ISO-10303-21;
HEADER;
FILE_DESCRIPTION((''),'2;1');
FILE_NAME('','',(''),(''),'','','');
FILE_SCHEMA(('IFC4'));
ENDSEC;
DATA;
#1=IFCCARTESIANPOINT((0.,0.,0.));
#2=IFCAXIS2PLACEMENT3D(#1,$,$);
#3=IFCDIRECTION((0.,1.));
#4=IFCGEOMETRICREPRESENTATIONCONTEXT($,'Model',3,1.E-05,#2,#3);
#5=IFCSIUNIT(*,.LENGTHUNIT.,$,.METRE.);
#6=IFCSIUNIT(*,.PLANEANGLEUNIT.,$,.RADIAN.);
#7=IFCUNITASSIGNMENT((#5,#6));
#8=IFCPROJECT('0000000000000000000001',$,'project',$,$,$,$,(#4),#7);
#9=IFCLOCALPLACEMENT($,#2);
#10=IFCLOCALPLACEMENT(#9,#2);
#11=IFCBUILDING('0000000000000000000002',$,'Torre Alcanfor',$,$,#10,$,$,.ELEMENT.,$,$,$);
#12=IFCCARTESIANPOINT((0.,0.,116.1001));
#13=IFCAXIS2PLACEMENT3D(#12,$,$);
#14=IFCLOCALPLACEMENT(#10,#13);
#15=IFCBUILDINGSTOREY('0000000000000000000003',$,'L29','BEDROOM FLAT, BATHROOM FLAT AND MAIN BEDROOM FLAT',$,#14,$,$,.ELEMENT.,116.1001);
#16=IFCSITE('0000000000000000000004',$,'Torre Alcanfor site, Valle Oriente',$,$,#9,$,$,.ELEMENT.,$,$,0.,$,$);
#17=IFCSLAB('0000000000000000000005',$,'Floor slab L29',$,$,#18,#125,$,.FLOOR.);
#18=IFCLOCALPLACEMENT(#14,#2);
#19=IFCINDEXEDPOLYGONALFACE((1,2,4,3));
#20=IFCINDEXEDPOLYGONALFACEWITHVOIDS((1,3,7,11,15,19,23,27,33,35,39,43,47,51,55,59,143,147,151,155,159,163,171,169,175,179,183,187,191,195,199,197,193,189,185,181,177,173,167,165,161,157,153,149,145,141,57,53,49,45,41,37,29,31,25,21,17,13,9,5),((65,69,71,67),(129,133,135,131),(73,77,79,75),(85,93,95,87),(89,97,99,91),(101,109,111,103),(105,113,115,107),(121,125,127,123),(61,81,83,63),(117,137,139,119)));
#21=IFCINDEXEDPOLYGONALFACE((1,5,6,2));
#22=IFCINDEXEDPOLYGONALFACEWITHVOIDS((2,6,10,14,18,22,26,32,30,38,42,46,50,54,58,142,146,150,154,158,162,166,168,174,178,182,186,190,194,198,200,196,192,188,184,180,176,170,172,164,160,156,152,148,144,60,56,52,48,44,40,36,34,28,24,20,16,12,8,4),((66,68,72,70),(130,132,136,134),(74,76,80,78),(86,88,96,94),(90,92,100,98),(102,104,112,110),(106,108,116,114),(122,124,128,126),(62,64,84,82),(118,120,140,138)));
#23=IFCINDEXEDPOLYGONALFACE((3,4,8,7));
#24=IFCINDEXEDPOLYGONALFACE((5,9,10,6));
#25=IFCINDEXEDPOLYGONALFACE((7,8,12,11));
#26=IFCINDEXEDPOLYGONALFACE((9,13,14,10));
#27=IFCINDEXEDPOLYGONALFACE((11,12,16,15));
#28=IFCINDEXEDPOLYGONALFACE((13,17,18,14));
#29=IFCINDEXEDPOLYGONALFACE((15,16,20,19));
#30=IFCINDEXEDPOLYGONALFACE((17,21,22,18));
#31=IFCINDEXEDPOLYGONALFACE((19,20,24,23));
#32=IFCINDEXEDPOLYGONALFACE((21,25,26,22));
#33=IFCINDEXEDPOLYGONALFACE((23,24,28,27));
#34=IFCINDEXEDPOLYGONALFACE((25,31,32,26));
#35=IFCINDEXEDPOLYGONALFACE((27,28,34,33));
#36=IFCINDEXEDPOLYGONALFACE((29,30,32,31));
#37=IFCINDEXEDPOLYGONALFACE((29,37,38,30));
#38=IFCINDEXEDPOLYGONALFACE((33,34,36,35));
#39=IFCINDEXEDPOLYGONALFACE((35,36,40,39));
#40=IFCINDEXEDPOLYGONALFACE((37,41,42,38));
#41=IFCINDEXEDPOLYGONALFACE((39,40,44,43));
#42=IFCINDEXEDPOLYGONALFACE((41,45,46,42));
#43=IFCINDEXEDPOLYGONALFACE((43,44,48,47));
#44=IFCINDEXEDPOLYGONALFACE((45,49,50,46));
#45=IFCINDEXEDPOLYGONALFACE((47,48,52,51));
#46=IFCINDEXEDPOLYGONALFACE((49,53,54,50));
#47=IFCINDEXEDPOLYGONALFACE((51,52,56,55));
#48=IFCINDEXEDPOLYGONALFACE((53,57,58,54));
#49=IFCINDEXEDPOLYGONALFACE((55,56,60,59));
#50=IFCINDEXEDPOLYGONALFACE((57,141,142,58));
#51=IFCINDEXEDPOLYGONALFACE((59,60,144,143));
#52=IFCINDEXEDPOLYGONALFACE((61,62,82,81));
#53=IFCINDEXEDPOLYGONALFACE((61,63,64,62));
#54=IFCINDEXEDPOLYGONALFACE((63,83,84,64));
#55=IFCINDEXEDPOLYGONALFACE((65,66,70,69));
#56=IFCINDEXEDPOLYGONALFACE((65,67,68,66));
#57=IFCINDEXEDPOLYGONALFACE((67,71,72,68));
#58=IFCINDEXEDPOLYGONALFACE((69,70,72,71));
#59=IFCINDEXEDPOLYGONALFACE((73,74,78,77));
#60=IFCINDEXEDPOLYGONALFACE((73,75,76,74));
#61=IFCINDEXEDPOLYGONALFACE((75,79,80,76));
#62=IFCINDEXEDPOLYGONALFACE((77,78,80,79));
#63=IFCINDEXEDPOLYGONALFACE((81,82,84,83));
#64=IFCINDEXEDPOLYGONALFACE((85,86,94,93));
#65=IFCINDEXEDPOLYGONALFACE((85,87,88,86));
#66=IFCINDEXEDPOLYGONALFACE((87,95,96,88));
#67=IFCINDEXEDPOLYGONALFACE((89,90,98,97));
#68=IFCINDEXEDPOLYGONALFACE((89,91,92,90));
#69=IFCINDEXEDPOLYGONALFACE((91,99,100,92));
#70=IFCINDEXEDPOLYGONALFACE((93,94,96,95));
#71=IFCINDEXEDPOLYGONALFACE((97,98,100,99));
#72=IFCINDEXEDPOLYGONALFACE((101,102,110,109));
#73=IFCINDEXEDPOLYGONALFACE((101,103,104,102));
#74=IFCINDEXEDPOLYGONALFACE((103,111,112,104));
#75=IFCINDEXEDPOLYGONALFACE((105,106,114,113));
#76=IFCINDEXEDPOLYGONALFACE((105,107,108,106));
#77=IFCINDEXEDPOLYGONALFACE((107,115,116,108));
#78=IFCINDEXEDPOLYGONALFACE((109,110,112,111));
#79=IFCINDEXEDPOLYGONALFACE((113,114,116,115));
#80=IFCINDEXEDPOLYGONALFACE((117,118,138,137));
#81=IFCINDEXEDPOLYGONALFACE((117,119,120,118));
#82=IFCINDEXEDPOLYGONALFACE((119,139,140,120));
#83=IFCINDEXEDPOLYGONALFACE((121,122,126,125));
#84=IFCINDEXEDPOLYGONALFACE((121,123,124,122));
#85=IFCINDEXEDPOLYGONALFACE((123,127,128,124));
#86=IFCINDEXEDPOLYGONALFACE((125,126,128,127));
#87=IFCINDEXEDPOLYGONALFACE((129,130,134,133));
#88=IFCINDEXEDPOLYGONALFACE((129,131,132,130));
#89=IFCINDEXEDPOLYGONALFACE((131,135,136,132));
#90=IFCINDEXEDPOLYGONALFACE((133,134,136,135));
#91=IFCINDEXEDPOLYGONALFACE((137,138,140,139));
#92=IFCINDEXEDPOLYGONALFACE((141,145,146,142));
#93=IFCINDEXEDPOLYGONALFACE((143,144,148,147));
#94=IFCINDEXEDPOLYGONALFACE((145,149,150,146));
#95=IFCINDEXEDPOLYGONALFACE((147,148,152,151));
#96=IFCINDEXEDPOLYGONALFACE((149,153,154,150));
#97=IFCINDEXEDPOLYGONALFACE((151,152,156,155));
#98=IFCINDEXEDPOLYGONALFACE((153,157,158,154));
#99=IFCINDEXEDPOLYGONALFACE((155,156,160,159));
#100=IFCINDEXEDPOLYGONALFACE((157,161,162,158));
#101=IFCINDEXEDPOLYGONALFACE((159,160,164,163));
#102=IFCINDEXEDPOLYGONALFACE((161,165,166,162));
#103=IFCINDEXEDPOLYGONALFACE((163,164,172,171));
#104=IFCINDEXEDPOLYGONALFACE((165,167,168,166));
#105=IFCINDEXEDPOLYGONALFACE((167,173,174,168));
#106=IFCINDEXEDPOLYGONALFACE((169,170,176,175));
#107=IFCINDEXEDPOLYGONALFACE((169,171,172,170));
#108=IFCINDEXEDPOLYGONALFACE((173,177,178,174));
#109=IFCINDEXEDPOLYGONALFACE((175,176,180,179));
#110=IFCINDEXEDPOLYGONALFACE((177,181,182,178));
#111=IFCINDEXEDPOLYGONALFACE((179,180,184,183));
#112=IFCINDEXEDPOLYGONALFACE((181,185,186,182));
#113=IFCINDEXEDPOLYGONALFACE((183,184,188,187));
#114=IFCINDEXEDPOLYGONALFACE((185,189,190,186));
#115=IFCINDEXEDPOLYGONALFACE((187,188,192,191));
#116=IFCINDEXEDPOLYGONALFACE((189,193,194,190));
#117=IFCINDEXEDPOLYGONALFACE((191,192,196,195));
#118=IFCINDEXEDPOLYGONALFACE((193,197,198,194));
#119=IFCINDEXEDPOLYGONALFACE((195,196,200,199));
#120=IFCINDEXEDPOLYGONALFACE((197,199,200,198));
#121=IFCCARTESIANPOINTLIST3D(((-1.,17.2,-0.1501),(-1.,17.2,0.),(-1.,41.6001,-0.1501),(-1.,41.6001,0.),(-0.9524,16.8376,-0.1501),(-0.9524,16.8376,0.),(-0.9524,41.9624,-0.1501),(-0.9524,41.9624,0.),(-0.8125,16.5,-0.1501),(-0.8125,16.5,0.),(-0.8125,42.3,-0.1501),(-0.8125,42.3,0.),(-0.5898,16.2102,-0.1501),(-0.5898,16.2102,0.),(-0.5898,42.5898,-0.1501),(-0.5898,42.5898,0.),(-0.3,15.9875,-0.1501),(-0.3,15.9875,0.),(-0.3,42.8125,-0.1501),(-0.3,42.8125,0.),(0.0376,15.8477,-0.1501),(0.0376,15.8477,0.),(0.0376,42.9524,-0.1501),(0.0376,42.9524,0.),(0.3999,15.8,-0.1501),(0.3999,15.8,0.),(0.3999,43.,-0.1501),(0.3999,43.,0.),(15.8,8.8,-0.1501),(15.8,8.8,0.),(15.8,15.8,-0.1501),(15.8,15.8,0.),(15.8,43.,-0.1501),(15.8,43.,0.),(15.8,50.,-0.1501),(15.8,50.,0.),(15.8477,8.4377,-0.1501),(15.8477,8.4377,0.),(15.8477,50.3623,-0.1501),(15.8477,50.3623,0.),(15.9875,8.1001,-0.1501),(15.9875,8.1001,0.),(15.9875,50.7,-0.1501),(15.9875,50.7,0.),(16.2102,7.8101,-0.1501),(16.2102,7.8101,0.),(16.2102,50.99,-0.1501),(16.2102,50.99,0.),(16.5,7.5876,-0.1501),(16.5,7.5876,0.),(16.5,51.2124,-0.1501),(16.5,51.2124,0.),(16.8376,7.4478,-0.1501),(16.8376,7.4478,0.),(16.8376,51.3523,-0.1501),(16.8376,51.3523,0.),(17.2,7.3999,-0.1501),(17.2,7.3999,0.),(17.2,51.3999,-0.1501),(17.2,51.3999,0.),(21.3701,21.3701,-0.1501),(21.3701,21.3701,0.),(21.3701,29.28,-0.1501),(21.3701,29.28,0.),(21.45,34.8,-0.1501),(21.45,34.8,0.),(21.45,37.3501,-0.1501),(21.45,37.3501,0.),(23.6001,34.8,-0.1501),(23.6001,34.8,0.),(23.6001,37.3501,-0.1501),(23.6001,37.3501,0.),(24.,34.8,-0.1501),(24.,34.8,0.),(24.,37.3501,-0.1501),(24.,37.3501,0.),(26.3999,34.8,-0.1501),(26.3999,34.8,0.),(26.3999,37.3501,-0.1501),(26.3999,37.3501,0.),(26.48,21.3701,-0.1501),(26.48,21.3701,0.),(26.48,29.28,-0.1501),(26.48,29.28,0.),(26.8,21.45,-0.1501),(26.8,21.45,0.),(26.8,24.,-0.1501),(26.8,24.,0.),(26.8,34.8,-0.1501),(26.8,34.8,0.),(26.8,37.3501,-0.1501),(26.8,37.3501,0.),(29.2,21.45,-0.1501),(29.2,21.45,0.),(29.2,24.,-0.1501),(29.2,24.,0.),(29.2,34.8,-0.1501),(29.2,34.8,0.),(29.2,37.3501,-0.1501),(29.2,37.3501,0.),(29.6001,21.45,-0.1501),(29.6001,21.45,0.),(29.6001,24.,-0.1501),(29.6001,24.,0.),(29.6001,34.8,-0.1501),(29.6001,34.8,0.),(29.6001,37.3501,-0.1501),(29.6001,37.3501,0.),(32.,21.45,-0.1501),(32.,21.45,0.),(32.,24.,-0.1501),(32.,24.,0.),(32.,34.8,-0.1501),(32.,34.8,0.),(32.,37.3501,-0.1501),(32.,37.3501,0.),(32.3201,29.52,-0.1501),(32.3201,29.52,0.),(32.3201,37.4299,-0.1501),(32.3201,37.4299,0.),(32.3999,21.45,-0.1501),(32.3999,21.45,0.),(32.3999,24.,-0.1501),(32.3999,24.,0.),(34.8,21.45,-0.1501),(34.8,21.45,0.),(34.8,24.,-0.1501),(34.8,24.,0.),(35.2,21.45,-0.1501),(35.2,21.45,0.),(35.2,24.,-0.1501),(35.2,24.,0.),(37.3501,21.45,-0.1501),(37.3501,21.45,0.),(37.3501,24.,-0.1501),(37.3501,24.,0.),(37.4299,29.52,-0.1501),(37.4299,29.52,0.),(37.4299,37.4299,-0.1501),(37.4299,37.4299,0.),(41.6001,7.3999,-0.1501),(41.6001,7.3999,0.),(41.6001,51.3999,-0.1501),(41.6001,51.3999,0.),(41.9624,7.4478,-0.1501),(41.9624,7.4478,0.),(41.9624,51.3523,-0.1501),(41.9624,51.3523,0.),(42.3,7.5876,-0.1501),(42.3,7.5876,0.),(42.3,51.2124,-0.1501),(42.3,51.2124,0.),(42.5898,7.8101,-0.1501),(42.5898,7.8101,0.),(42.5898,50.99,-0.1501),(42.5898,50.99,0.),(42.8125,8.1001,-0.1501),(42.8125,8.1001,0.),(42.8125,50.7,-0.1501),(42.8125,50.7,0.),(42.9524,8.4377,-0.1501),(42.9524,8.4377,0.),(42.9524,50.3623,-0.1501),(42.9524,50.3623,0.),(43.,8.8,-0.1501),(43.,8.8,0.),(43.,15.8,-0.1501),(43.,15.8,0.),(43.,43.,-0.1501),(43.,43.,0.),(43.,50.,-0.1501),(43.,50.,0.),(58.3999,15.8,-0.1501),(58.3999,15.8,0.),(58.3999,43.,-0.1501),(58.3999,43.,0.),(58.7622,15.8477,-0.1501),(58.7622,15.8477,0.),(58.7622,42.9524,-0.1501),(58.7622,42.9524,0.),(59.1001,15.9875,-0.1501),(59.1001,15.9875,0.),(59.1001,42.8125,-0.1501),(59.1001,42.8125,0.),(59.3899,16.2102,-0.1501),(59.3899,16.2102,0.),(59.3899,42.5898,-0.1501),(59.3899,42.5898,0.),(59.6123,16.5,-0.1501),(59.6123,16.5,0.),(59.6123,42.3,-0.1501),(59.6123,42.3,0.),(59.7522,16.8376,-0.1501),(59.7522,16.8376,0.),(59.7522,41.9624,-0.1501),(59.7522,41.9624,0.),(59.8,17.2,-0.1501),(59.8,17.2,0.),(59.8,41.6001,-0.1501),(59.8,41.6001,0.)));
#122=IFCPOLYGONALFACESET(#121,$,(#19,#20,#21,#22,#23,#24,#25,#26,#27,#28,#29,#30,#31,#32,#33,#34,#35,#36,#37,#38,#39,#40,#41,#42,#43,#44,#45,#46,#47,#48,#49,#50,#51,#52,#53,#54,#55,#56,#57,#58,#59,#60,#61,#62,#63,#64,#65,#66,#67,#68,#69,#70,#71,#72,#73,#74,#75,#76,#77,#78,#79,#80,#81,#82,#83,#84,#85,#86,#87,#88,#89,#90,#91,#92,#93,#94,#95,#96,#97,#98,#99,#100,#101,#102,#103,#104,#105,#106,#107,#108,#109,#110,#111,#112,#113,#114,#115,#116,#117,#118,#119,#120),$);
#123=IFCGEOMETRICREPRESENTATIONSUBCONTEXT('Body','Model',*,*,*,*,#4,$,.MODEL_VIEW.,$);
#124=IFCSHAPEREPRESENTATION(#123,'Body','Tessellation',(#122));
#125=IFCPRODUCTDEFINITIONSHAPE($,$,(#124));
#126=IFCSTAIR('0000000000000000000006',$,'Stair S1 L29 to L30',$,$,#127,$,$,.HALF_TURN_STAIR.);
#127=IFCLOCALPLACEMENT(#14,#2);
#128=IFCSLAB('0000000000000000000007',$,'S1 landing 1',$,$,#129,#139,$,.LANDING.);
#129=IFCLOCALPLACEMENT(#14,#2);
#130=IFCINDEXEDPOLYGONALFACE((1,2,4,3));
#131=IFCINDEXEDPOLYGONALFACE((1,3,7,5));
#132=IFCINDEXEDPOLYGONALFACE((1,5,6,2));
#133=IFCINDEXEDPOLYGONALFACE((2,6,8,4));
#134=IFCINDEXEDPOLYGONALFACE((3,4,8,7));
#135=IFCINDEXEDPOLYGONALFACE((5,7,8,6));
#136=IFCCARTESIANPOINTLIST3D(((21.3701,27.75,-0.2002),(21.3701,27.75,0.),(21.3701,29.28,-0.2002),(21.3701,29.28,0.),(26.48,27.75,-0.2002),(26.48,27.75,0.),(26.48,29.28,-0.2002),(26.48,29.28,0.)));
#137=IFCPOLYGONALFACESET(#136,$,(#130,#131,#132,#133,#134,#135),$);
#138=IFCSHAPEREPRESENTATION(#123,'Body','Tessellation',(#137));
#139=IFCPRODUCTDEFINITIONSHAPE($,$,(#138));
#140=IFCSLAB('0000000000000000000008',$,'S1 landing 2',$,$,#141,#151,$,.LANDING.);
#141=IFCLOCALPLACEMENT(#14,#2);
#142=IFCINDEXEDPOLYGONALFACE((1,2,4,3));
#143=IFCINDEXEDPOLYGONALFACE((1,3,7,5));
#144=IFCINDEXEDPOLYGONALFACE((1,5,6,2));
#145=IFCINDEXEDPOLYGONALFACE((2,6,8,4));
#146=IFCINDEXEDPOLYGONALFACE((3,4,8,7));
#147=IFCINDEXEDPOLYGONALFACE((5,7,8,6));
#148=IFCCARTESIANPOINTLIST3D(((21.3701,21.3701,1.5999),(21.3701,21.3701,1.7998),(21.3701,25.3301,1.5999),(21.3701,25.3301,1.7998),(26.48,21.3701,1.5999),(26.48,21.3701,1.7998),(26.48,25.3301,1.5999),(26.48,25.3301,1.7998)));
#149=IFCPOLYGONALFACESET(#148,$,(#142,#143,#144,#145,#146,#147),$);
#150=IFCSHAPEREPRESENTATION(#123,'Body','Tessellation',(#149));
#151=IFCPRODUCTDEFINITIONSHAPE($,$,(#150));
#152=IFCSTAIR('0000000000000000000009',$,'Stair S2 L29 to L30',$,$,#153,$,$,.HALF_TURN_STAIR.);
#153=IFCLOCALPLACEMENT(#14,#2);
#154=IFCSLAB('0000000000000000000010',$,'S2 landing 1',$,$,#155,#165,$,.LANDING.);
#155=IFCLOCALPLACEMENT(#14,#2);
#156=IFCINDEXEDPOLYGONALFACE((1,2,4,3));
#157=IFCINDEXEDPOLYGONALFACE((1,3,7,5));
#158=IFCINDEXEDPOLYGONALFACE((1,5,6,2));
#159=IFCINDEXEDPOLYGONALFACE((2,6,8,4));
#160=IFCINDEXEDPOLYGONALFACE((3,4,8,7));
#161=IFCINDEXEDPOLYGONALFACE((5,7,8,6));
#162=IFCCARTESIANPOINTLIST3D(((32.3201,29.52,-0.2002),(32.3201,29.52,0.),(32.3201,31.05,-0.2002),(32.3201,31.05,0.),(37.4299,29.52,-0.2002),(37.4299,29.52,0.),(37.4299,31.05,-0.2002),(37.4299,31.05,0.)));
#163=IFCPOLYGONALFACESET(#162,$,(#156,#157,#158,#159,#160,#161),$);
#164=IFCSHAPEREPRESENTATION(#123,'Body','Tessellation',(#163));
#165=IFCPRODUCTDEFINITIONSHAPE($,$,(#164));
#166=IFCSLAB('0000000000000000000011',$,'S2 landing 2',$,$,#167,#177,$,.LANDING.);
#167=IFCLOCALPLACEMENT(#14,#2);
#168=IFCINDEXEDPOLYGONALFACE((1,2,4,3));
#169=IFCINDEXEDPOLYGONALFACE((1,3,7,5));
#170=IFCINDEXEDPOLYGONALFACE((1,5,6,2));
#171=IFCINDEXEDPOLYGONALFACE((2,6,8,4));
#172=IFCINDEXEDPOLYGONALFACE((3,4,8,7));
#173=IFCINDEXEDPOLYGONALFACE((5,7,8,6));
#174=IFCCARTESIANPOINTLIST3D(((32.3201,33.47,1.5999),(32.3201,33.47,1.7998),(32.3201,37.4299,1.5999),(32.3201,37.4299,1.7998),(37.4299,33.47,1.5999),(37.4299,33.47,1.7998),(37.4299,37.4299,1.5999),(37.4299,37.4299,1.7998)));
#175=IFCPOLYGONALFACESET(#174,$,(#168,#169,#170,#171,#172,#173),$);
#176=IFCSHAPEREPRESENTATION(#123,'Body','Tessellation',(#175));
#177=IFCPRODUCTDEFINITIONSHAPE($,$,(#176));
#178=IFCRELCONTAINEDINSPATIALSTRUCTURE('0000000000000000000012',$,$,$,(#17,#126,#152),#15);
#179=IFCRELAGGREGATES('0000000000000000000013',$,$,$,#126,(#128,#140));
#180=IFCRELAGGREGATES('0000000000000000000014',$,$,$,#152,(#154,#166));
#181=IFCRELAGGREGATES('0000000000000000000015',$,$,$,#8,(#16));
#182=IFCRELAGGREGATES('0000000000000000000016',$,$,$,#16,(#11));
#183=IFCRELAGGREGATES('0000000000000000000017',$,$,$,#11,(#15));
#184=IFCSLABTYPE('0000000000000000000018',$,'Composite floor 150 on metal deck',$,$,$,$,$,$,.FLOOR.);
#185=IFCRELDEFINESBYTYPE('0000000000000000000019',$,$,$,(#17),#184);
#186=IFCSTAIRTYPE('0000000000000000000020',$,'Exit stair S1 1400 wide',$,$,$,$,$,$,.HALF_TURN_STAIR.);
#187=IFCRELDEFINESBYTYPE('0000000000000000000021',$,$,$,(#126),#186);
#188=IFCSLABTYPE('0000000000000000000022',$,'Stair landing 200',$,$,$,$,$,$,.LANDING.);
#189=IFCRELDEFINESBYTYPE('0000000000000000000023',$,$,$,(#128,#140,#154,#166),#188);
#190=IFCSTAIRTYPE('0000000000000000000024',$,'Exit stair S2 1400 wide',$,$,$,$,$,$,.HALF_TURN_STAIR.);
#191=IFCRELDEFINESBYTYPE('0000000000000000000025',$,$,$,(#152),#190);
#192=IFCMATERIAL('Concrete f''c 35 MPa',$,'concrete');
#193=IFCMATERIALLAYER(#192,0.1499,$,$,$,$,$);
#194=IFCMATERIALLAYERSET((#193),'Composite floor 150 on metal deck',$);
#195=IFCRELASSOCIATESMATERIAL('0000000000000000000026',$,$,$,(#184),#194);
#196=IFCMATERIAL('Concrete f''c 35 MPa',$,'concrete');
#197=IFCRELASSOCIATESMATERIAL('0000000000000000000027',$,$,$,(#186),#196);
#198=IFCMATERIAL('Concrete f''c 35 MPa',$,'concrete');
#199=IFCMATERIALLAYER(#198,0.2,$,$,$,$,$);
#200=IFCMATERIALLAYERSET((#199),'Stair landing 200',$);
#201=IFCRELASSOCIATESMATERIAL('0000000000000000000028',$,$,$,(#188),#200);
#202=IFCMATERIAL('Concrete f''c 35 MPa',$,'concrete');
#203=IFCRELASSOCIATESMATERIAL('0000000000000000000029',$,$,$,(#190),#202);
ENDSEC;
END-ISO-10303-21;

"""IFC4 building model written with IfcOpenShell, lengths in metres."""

from ifc_helpers import new_model, si_unit, direction, frame, origin, place, context, subcontext, project, spatial, polyline, outline, extrude, material, layer, layer_set, type_object, element, aggregate, save


model = new_model("IFC4")

# Units and contexts
model_context = context("Model", 3, precision=1e-05, world=origin(), true_north=direction((0.0, 1.0)))
body_context = subcontext(model_context, "Body", "Model", "MODEL_VIEW")
ifc_project = project(units=[si_unit("LENGTHUNIT", "METRE"), si_unit("PLANEANGLEUNIT", "RADIAN")], contexts=[model_context])

# Site, building, storey
site_placement = place(None, origin())
site = spatial("IfcSite", under=ifc_project, at=site_placement, Name="Torre Alcanfor site, Valle Oriente", CompositionType="ELEMENT", RefElevation=0.0)
building_placement = place(site_placement, origin())
building = spatial("IfcBuilding", under=site, at=building_placement, Name="Torre Alcanfor", CompositionType="ELEMENT")
storey_placement = place(building_placement, frame((0.0, 0.0, 116.1001)))
storey = spatial("IfcBuildingStorey", under=building, at=storey_placement, Name="L29", Description="BEDROOM FLAT, BATHROOM FLAT AND MAIN BEDROOM FLAT", CompositionType="ELEMENT", Elevation=116.1001)

# Slab
ifc_material_1 = material(Name="Concrete f'c 35 MPa", Category="concrete")
ifc_layer_1 = layer(ifc_material_1, 0.1499)
ifc_layer_set_1 = layer_set([ifc_layer_1], Name="Composite floor 150 on metal deck")
slab_type_1 = type_object("IfcSlabType", Name="Composite floor 150 on metal deck", PredefinedType="FLOOR", material=ifc_layer_set_1)
slab_1_placement = place(storey_placement, frame((0.0, 0.0, -0.1501)))
element("IfcSlab", 1, at=slab_1_placement, inside=storey, type_object=slab_type_1, Name="Floor slab L29", PredefinedType="FLOOR", context=body_context, shape_type="SweptSolid", body=[
    extrude(outline(polyline([(15.8, 43.0), (0.3999, 43.0), (0.0376, 42.9524), (-0.3, 42.8125), (-0.5898, 42.5898), (-0.8125, 42.3), (-0.9524, 41.9624), (-1.0, 41.6001), (-1.0, 17.2), (-0.9524, 16.8376), (-0.8125, 16.5), (-0.5898, 16.2102), (-0.3, 15.9875), (0.0376, 15.8477), (0.3999, 15.8), (15.8, 15.8), (15.8, 8.8), (15.8477, 8.4377), (15.9875, 8.1001), (16.2102, 7.8101), (16.5, 7.5876), (16.8376, 7.4478), (17.2, 7.3999), (41.6001, 7.3999), (41.9624, 7.4478), (42.3, 7.5876), (42.5898, 7.8101), (42.8125, 8.1001), (42.9524, 8.4377), (43.0, 8.8), (43.0, 15.8), (58.3999, 15.8), (58.7622, 15.8477), (59.1001, 15.9875), (59.3899, 16.2102), (59.6123, 16.5), (59.7522, 16.8376), (59.8, 17.2), (59.8, 41.6001), (59.7522, 41.9624), (59.6123, 42.3), (59.3899, 42.5898), (59.1001, 42.8125), (58.7622, 42.9524), (58.3999, 43.0), (43.0, 43.0), (43.0, 50.0), (42.9524, 50.3623), (42.8125, 50.7), (42.5898, 50.99), (42.3, 51.2124), (41.9624, 51.3523), (41.6001, 51.3999), (17.2, 51.3999), (16.8376, 51.3523), (16.5, 51.2124), (16.2102, 50.99), (15.9875, 50.7), (15.8477, 50.3623), (15.8, 50.0), (15.8, 43.0)]), holes=[polyline([(21.3701, 21.3701), (26.48, 21.3701), (26.48, 29.28), (21.3701, 29.28), (21.3701, 21.3701)]), polyline([(32.3201, 29.52), (37.4299, 29.52), (37.4299, 37.4299), (32.3201, 37.4299), (32.3201, 29.52)]), polyline([(26.8, 21.45), (29.2, 21.45), (29.2, 24.0), (26.8, 24.0), (26.8, 21.45)]), polyline([(29.6001, 21.45), (32.0, 21.45), (32.0, 24.0), (29.6001, 24.0), (29.6001, 21.45)]), polyline([(32.3999, 21.45), (34.8, 21.45), (34.8, 24.0), (32.3999, 24.0), (32.3999, 21.45)]), polyline([(35.2, 21.45), (37.3501, 21.45), (37.3501, 24.0), (35.2, 24.0), (35.2, 21.45)]), polyline([(21.45, 34.8), (23.6001, 34.8), (23.6001, 37.3501), (21.45, 37.3501), (21.45, 34.8)]), polyline([(24.0, 34.8), (26.3999, 34.8), (26.3999, 37.3501), (24.0, 37.3501), (24.0, 34.8)]), polyline([(26.8, 34.8), (29.2, 34.8), (29.2, 37.3501), (26.8, 37.3501), (26.8, 34.8)]), polyline([(29.6001, 34.8), (32.0, 34.8), (32.0, 37.3501), (29.6001, 37.3501), (29.6001, 34.8)])]), origin(), (0.0, 0.0, 1.0), 0.1501),
])

# Stairs, slabs
ifc_material_2 = material(Name="Concrete f'c 35 MPa", Category="concrete")
stair_type_1 = type_object("IfcStairType", Name="Exit stair S1 1400 wide", PredefinedType="HALF_TURN_STAIR", material=ifc_material_2)
stair_1_placement = place(storey_placement, origin())
stair_1 = element("IfcStair", 2, at=stair_1_placement, inside=storey, type_object=stair_type_1, Name="Stair S1 L29 to L30", PredefinedType="HALF_TURN_STAIR")
ifc_material_3 = material(Name="Concrete f'c 35 MPa", Category="concrete")
ifc_layer_2 = layer(ifc_material_3, 0.2)
ifc_layer_set_2 = layer_set([ifc_layer_2], Name="Stair landing 200")
slab_type_2 = type_object("IfcSlabType", Name="Stair landing 200", PredefinedType="LANDING", material=ifc_layer_set_2)
slab_2_placement = place(storey_placement, frame((0.0, 0.0, -0.2002)))
slab_2 = element("IfcSlab", 3, at=slab_2_placement, type_object=slab_type_2, Name="S1 landing 1", PredefinedType="LANDING", context=body_context, shape_type="SweptSolid", body=[
    extrude(outline(polyline([(21.3701, 27.75), (26.48, 27.75), (26.48, 29.28), (21.3701, 29.28), (21.3701, 27.75)])), origin(), (0.0, 0.0, 1.0), 0.2002),
])
slab_3_placement = place(storey_placement, frame((0.0, 0.0, 1.5999)))
slab_3 = element("IfcSlab", 4, at=slab_3_placement, type_object=slab_type_2, Name="S1 landing 2", PredefinedType="LANDING", context=body_context, shape_type="SweptSolid", body=[
    extrude(outline(polyline([(21.3701, 21.3701), (26.48, 21.3701), (26.48, 25.3301), (21.3701, 25.3301), (21.3701, 21.3701)])), origin(), (0.0, 0.0, 1.0), 0.2),
])
aggregate(stair_1, [slab_2, slab_3])
ifc_material_4 = material(Name="Concrete f'c 35 MPa", Category="concrete")
stair_type_2 = type_object("IfcStairType", Name="Exit stair S2 1400 wide", PredefinedType="HALF_TURN_STAIR", material=ifc_material_4)
stair_2_placement = place(storey_placement, origin())
stair_2 = element("IfcStair", 5, at=stair_2_placement, inside=storey, type_object=stair_type_2, Name="Stair S2 L29 to L30", PredefinedType="HALF_TURN_STAIR")
slab_4_placement = place(storey_placement, frame((0.0, 0.0, -0.2002)))
slab_4 = element("IfcSlab", 6, at=slab_4_placement, type_object=slab_type_2, Name="S2 landing 1", PredefinedType="LANDING", context=body_context, shape_type="SweptSolid", body=[
    extrude(outline(polyline([(32.3201, 29.52), (37.4299, 29.52), (37.4299, 31.05), (32.3201, 31.05), (32.3201, 29.52)])), origin(), (0.0, 0.0, 1.0), 0.2002),
])
slab_5_placement = place(storey_placement, frame((0.0, 0.0, 1.5999)))
slab_5 = element("IfcSlab", 7, at=slab_5_placement, type_object=slab_type_2, Name="S2 landing 2", PredefinedType="LANDING", context=body_context, shape_type="SweptSolid", body=[
    extrude(outline(polyline([(32.3201, 33.47), (37.4299, 33.47), (37.4299, 37.4299), (32.3201, 37.4299), (32.3201, 33.47)])), origin(), (0.0, 0.0, 1.0), 0.2),
])
aggregate(stair_2, [slab_4, slab_5])

save(model, "model.ifc")
